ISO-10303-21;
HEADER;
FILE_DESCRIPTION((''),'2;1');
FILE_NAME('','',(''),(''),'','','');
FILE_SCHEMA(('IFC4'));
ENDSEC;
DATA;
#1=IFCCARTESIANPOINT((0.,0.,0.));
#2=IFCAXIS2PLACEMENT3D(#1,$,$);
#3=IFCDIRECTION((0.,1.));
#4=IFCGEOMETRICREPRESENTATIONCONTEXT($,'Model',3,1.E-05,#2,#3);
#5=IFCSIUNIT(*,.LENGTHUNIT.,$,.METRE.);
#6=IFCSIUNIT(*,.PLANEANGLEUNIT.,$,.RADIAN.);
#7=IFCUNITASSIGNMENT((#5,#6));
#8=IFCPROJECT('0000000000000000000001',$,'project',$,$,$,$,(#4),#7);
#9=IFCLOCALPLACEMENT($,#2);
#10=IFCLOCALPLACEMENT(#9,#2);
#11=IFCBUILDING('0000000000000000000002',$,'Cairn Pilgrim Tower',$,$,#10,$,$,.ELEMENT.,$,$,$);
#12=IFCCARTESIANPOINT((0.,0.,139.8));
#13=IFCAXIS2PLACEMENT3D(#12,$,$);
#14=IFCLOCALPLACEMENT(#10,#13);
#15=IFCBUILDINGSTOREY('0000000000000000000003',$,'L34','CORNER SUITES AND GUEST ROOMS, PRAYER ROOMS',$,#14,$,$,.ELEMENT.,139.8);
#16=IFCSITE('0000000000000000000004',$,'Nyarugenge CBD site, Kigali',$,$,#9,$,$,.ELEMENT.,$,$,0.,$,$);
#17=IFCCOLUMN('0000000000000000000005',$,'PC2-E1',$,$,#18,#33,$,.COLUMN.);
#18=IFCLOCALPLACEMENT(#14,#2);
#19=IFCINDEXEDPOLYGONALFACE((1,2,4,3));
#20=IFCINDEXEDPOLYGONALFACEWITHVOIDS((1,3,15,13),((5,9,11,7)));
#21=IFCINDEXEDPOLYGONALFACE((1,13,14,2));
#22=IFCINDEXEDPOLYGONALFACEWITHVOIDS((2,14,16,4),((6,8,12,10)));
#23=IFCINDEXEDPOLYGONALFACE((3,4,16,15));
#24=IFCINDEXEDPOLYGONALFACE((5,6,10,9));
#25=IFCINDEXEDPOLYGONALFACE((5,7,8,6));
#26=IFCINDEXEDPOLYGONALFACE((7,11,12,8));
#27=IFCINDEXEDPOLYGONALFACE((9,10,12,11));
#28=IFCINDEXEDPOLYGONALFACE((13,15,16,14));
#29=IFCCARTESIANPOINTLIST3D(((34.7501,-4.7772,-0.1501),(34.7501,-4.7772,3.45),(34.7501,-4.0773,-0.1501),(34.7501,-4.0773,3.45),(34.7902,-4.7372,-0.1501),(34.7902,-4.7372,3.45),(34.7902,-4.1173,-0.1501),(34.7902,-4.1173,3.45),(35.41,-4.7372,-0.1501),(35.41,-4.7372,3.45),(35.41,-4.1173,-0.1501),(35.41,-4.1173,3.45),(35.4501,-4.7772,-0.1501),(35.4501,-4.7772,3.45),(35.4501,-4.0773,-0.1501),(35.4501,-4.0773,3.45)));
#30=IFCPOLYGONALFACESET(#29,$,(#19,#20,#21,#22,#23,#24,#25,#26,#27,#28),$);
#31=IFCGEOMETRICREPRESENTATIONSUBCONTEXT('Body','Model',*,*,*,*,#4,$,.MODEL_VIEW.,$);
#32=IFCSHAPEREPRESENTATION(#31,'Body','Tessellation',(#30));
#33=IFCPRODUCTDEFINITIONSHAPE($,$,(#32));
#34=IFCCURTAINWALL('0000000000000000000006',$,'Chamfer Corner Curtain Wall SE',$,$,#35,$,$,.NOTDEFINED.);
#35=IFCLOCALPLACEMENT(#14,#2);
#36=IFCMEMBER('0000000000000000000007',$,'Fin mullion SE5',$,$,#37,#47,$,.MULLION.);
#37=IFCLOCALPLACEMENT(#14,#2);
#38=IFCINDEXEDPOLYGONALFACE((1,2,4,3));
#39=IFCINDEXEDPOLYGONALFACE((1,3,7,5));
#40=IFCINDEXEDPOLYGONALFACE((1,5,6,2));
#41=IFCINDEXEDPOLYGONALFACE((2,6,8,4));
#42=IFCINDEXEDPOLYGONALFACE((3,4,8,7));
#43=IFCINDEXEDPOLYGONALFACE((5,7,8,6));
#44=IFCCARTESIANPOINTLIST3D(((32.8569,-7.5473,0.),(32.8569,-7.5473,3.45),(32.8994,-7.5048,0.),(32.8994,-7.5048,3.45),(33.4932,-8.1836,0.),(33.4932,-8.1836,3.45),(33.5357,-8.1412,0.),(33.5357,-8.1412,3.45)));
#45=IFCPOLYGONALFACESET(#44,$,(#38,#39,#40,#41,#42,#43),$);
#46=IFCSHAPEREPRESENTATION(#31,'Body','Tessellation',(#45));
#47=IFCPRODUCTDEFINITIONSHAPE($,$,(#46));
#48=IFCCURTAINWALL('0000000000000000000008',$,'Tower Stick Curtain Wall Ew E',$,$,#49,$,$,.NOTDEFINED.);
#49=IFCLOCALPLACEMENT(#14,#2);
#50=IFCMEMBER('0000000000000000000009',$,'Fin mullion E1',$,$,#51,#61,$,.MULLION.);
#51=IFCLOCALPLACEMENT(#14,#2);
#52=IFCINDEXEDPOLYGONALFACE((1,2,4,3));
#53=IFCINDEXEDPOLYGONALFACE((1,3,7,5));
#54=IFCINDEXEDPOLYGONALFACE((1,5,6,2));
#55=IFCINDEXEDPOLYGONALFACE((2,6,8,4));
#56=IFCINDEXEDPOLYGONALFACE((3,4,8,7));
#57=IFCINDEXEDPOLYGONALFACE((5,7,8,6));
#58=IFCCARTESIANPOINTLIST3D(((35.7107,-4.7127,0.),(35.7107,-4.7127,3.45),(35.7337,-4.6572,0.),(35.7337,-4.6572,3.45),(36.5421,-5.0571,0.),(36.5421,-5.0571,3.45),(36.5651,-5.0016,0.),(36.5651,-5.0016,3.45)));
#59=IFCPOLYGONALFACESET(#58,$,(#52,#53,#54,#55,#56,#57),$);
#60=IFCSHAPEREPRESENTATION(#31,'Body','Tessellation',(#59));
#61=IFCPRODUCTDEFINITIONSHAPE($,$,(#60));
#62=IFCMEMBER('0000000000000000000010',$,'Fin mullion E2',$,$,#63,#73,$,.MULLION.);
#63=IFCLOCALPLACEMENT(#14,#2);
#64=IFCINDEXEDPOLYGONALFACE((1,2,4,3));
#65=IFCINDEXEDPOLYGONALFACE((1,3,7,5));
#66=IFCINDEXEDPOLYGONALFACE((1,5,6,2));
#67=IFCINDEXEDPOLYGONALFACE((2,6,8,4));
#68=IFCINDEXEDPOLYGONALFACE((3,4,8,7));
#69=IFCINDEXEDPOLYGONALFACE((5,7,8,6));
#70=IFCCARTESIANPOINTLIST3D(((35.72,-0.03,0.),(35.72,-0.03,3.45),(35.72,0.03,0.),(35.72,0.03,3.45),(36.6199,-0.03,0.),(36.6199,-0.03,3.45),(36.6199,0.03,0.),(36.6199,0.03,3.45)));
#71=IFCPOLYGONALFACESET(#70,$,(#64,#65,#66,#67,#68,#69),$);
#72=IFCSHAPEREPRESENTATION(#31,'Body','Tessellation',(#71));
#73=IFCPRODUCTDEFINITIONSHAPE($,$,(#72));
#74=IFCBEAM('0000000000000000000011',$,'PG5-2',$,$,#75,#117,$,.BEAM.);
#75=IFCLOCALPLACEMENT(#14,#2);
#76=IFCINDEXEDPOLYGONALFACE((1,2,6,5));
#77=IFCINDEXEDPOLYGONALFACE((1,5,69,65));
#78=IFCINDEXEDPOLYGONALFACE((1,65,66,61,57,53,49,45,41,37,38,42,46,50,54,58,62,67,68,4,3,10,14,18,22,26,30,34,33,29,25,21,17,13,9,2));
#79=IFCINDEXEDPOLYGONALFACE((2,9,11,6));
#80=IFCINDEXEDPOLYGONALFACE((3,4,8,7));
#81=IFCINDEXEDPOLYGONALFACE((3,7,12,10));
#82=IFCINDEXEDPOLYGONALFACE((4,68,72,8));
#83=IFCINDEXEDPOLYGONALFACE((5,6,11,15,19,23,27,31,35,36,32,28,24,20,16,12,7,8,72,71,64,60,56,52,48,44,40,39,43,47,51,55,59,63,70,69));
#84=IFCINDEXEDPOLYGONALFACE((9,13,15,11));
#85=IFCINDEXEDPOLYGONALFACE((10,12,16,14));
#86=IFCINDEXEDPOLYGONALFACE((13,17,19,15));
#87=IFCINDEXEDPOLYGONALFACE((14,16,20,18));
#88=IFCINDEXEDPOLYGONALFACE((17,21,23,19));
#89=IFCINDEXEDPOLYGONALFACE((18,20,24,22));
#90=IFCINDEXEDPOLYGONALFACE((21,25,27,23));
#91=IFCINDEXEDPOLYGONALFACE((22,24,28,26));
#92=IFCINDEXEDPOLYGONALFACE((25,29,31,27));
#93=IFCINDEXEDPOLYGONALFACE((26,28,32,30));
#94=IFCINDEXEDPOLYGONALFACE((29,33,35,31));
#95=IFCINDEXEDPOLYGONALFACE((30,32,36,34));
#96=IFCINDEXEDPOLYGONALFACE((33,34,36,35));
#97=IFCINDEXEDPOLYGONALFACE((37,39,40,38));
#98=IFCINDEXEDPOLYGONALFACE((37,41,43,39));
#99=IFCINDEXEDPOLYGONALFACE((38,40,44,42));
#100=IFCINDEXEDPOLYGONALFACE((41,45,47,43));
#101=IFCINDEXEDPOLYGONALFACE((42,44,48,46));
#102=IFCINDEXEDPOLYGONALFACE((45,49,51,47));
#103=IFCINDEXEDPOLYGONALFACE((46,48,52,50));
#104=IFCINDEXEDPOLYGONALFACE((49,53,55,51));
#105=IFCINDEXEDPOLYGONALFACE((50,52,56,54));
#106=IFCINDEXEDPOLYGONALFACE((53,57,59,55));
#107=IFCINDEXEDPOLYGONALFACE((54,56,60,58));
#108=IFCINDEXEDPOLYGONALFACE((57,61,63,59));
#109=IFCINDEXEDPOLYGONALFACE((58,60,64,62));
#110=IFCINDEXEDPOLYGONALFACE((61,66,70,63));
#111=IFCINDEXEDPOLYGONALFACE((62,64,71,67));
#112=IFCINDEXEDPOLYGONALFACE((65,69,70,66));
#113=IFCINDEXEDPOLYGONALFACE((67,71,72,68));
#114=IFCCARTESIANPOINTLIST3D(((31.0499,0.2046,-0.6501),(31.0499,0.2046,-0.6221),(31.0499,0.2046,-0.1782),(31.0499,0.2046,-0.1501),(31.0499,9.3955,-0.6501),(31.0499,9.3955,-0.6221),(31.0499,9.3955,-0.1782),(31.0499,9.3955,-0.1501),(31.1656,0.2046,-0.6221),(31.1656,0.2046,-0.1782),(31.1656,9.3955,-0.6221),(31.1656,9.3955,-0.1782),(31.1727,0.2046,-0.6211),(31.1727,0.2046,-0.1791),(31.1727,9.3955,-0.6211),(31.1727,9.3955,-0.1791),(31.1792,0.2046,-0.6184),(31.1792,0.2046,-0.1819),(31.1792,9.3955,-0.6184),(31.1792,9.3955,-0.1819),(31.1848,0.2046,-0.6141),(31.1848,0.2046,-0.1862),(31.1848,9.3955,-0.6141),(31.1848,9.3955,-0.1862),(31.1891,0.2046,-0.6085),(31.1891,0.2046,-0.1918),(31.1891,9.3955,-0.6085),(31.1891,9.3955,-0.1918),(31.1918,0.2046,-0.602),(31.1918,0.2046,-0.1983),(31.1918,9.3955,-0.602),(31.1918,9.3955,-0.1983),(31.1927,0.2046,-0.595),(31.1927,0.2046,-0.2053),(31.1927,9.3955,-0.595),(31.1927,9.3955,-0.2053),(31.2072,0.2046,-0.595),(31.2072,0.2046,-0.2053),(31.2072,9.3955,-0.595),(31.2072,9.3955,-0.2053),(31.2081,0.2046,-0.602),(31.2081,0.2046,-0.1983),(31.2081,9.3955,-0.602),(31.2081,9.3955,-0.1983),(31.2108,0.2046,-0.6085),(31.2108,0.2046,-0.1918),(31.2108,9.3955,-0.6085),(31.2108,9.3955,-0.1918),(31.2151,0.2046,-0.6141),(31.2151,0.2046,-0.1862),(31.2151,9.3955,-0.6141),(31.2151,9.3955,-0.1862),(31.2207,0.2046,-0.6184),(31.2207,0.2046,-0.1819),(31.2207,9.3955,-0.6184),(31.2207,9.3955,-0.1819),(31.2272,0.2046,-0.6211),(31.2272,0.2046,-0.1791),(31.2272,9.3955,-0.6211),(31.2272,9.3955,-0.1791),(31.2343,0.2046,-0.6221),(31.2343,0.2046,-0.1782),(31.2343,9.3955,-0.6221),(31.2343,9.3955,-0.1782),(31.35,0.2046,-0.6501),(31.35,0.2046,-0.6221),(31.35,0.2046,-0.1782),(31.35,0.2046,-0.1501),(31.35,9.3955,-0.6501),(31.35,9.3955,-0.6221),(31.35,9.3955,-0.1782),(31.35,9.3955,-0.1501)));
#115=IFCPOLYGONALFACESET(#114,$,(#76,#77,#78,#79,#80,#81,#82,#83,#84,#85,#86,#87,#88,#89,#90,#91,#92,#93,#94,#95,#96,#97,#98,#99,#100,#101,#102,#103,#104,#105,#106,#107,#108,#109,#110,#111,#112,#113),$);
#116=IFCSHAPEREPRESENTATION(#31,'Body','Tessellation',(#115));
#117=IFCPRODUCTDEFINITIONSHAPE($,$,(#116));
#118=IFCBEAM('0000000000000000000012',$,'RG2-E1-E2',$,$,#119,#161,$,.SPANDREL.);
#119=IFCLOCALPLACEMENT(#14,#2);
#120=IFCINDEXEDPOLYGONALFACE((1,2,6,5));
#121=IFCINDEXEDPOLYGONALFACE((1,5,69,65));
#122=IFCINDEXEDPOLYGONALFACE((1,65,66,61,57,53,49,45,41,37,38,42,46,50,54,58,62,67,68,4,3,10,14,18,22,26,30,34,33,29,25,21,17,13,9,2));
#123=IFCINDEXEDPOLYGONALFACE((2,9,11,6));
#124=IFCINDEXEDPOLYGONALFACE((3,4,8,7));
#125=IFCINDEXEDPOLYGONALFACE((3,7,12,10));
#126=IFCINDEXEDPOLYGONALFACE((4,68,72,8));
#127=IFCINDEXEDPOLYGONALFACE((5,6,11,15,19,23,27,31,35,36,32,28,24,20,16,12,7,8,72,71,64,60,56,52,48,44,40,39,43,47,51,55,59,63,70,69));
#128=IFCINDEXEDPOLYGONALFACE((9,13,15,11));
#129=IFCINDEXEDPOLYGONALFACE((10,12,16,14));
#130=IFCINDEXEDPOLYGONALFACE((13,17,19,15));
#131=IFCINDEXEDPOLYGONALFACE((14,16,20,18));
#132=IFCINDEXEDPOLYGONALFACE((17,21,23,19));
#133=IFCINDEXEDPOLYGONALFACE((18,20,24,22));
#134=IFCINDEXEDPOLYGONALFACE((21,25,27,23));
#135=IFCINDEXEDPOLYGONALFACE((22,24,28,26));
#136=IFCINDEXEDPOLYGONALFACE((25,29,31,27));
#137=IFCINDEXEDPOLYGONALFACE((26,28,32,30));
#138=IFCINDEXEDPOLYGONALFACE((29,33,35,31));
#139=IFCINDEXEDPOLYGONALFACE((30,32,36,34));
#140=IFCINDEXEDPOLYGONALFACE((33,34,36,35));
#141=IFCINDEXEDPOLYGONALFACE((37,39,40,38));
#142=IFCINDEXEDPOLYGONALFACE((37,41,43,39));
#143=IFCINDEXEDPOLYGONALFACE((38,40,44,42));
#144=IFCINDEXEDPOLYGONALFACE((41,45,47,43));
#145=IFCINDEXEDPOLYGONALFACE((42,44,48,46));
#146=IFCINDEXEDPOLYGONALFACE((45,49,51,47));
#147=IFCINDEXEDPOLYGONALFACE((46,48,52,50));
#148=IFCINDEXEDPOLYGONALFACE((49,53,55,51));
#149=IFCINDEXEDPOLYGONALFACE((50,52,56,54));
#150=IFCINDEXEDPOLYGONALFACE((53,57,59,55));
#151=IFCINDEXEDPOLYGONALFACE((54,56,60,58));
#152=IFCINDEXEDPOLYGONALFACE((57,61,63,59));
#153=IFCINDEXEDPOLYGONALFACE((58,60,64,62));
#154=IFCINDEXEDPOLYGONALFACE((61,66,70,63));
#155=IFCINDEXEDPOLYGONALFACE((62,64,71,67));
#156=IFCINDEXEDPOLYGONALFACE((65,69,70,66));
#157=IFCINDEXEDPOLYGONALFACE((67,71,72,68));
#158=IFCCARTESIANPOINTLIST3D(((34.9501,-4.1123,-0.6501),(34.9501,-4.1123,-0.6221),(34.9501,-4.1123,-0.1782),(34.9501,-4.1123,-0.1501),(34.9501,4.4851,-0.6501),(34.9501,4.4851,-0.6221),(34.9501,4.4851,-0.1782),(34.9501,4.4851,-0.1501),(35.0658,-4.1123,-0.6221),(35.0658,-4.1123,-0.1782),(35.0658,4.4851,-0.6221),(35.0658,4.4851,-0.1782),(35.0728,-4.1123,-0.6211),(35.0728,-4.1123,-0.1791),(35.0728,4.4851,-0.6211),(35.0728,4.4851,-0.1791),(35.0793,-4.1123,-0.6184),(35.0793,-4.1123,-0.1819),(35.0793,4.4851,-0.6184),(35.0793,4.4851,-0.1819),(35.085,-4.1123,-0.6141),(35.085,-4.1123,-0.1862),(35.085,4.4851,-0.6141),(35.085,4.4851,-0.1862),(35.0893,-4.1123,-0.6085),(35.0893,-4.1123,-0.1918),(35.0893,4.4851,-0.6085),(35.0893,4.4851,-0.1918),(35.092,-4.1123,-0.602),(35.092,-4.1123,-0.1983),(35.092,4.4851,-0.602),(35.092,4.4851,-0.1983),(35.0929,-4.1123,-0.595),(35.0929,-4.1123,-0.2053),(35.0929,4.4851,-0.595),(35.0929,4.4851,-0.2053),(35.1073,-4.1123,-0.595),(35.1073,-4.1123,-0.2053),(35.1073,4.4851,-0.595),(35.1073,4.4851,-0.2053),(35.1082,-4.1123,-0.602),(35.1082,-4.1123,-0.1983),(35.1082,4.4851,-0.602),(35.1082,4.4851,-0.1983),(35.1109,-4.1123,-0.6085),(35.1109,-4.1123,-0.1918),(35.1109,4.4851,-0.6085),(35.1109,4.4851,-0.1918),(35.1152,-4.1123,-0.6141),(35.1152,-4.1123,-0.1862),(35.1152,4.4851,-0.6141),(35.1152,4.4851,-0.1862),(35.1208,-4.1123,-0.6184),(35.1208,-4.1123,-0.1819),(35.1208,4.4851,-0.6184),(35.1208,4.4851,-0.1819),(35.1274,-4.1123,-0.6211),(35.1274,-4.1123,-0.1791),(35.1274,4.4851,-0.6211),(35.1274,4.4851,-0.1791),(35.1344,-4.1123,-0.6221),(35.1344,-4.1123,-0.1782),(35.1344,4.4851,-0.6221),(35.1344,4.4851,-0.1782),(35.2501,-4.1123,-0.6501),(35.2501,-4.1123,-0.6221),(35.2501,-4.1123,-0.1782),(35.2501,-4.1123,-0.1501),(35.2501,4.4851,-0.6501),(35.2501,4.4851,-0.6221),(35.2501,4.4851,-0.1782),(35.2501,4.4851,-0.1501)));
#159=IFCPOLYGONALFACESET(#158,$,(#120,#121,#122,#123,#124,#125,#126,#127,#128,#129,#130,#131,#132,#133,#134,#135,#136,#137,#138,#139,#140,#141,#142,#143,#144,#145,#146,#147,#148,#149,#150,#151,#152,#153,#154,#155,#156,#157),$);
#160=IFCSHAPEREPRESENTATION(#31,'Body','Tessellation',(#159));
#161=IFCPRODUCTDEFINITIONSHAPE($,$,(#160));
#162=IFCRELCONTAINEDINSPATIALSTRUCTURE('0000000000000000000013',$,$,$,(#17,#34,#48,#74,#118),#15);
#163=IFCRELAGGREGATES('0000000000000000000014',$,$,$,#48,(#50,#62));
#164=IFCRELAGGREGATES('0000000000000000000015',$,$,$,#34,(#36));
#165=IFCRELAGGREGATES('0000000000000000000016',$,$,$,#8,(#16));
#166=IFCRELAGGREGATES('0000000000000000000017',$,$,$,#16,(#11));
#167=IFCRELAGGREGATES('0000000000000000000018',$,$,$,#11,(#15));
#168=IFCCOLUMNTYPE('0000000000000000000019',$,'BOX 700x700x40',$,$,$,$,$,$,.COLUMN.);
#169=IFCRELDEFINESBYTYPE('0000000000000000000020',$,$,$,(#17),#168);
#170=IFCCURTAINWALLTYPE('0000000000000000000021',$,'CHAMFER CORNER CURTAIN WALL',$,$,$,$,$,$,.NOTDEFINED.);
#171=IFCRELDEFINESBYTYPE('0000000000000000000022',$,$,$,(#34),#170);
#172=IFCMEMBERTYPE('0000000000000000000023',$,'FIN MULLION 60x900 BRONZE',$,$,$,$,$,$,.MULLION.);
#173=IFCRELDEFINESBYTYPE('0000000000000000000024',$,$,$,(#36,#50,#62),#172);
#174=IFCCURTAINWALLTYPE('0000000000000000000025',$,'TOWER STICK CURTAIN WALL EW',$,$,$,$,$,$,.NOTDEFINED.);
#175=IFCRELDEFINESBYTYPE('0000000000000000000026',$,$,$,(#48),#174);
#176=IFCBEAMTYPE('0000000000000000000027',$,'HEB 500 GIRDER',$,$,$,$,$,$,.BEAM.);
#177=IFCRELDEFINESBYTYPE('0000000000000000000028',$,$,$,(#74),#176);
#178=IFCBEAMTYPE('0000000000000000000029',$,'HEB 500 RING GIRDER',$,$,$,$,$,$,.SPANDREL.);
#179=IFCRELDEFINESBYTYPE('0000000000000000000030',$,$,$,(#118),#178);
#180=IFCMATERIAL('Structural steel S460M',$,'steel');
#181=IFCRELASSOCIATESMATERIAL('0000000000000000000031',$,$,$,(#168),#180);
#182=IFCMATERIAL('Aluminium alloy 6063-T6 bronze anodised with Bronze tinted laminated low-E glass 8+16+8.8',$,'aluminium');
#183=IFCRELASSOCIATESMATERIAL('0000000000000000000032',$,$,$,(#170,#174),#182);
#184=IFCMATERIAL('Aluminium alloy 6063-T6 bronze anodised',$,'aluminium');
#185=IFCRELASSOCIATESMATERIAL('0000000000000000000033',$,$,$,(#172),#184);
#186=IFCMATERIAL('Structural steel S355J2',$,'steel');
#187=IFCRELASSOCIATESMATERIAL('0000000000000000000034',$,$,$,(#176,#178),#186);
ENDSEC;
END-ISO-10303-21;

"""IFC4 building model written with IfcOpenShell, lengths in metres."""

from ifc_helpers import new_model, si_unit, direction, frame, origin, origin_2d, place, context, subcontext, project, spatial, rectangle, hollow_rectangle, i_section, extrude, material, material_profile, profile_set, type_object, element, aggregate, save


model = new_model("IFC4")

# Units and contexts
model_context = context("Model", 3, precision=1e-05, world=origin(), true_north=direction((0.0, 1.0)))
body_context = subcontext(model_context, "Body", "Model", "MODEL_VIEW")
ifc_project = project(units=[si_unit("LENGTHUNIT", "METRE"), si_unit("PLANEANGLEUNIT", "RADIAN")], contexts=[model_context])

# Site, building, storey
site_placement = place(None, origin())
site = spatial("IfcSite", under=ifc_project, at=site_placement, Name="Nyarugenge CBD site, Kigali", CompositionType="ELEMENT", RefElevation=0.0)
building_placement = place(site_placement, origin())
building = spatial("IfcBuilding", under=site, at=building_placement, Name="Cairn Pilgrim Tower", CompositionType="ELEMENT")
storey_placement = place(building_placement, frame((0.0, 0.0, 139.8)))
storey = spatial("IfcBuildingStorey", under=building, at=storey_placement, Name="L34", Description="CORNER SUITES AND GUEST ROOMS, PRAYER ROOMS", CompositionType="ELEMENT", Elevation=139.8)

# Column
ifc_material_1 = material(Name="Structural steel S460M", Category="steel")
ifc_material_profile_1 = material_profile(ifc_material_1, hollow_rectangle(XDim=0.7, YDim=0.7, WallThickness=0.04, at=origin_2d()), Name="BOX 700x700x40")
ifc_profile_set_1 = profile_set([ifc_material_profile_1], Name="Structural steel S460M")
column_type = type_object("IfcColumnType", Name="BOX 700x700x40", PredefinedType="COLUMN", material=ifc_profile_set_1)
column_placement = place(storey_placement, frame((35.1001, -4.4272, -0.1501), z_axis=(0.0, 0.0, 1.0), x_axis=(1.0, 0.0, 0.0)))
element("IfcColumn", 1, at=column_placement, inside=storey, type_object=column_type, Name="PC2-E1", PredefinedType="COLUMN", context=body_context, shape_type="SweptSolid", body=[
    extrude(hollow_rectangle(XDim=0.7, YDim=0.7, WallThickness=0.04, at=origin_2d()), origin(), (0.0, 0.0, 1.0), 3.6001),
])

# Curtain wall, member
ifc_material_2 = material(Name="Aluminium alloy 6063-T6 bronze anodised with Bronze tinted laminated low-E glass 8+16+8.8", Category="aluminium")
curtain_wall_type_1 = type_object("IfcCurtainWallType", Name="CHAMFER CORNER CURTAIN WALL", PredefinedType="NOTDEFINED", material=ifc_material_2)
curtain_wall_1_placement = place(storey_placement, origin())
curtain_wall_1 = element("IfcCurtainWall", 2, at=curtain_wall_1_placement, inside=storey, type_object=curtain_wall_type_1, Name="Chamfer Corner Curtain Wall SE", PredefinedType="NOTDEFINED")
ifc_material_3 = material(Name="Aluminium alloy 6063-T6 bronze anodised", Category="aluminium")
ifc_material_profile_2 = material_profile(ifc_material_3, rectangle(XDim=0.8999, YDim=0.0601, at=origin_2d()), Name="FIN MULLION 60x900 BRONZE")
ifc_profile_set_2 = profile_set([ifc_material_profile_2], Name="Aluminium alloy 6063-T6 bronze anodised")
member_type_1 = type_object("IfcMemberType", Name="FIN MULLION 60x900 BRONZE", PredefinedType="MULLION", material=ifc_profile_set_2)
member_1_placement = place(storey_placement, frame((33.1963, -7.8442, 0.0), z_axis=(0.0, 0.0, 1.0), x_axis=(0.707107, -0.707107, 0.0)))
member_1 = element("IfcMember", 3, at=member_1_placement, type_object=member_type_1, Name="Fin mullion SE5", PredefinedType="MULLION", context=body_context, shape_type="SweptSolid", body=[
    extrude(rectangle(XDim=0.8999, YDim=0.0601, at=origin_2d()), origin(), (0.0, 0.0, 1.0), 3.45),
])

# Curtain wall, members
curtain_wall_type_2 = type_object("IfcCurtainWallType", Name="TOWER STICK CURTAIN WALL EW", PredefinedType="NOTDEFINED", material=ifc_material_2)
curtain_wall_2_placement = place(storey_placement, origin())
curtain_wall_2 = element("IfcCurtainWall", 4, at=curtain_wall_2_placement, inside=storey, type_object=curtain_wall_type_2, Name="Tower Stick Curtain Wall Ew E", PredefinedType="NOTDEFINED")
member_2_placement = place(storey_placement, frame((36.1379, -4.8572, 0.0), z_axis=(0.0, 0.0, 1.0), x_axis=(0.92388, -0.382683, 0.0)))
member_2 = element("IfcMember", 5, at=member_2_placement, type_object=member_type_1, Name="Fin mullion E1", PredefinedType="MULLION", context=body_context, shape_type="SweptSolid", body=[
    extrude(rectangle(XDim=0.8999, YDim=0.0601, at=origin_2d()), origin(), (0.0, 0.0, 1.0), 3.45),
])
member_3_placement = place(storey_placement, frame((36.1699, 0.0, 0.0), z_axis=(0.0, 0.0, 1.0), x_axis=(1.0, 0.0, 0.0)))
member_3 = element("IfcMember", 6, at=member_3_placement, type_object=member_type_1, Name="Fin mullion E2", PredefinedType="MULLION", context=body_context, shape_type="SweptSolid", body=[
    extrude(rectangle(XDim=0.8999, YDim=0.0601, at=origin_2d()), origin(), (0.0, 0.0, 1.0), 3.45),
])
aggregate(curtain_wall_2, [member_2, member_3])

# Beams
ifc_material_4 = material(Name="Structural steel S355J2", Category="steel")
ifc_material_profile_3 = material_profile(ifc_material_4, i_section(OverallWidth=0.3, OverallDepth=0.5, WebThickness=0.0144, FlangeThickness=0.0281, FilletRadius=0.0271, at=origin_2d()), Name="HEB 500")
ifc_profile_set_3 = profile_set([ifc_material_profile_3], Name="Structural steel S355J2")
beam_type_1 = type_object("IfcBeamType", Name="HEB 500 GIRDER", PredefinedType="BEAM", material=ifc_profile_set_3)
beam_1_placement = place(storey_placement, frame((31.2, 0.2046, -0.4001), z_axis=(0.0, 1.0, 0.0), x_axis=(-1.0, 0.0, 0.0)))
element("IfcBeam", 7, at=beam_1_placement, inside=storey, type_object=beam_type_1, Name="PG5-2", PredefinedType="BEAM", context=body_context, shape_type="SweptSolid", body=[
    extrude(i_section(OverallWidth=0.3, OverallDepth=0.5, WebThickness=0.0144, FlangeThickness=0.0281, FilletRadius=0.0271, at=origin_2d()), origin(), (0.0, 0.0, 1.0), 9.1909),
])
ifc_material_profile_4 = material_profile(ifc_material_4, i_section(OverallWidth=0.3, OverallDepth=0.5, WebThickness=0.0144, FlangeThickness=0.0281, FilletRadius=0.0271, at=origin_2d()), Name="HEB 500")
ifc_profile_set_4 = profile_set([ifc_material_profile_4], Name="Structural steel S355J2")
beam_type_2 = type_object("IfcBeamType", Name="HEB 500 RING GIRDER", PredefinedType="SPANDREL", material=ifc_profile_set_4)
beam_2_placement = place(storey_placement, frame((35.1001, -4.1123, -0.4001), z_axis=(0.0, 1.0, 0.0), x_axis=(-1.0, 0.0, 0.0)))
element("IfcBeam", 8, at=beam_2_placement, inside=storey, type_object=beam_type_2, Name="RG2-E1-E2", PredefinedType="SPANDREL", context=body_context, shape_type="SweptSolid", body=[
    extrude(i_section(OverallWidth=0.3, OverallDepth=0.5, WebThickness=0.0144, FlangeThickness=0.0281, FilletRadius=0.0271, at=origin_2d()), origin(), (0.0, 0.0, 1.0), 8.5974),
])

aggregate(curtain_wall_1, [member_1])

save(model, "model.ifc")
